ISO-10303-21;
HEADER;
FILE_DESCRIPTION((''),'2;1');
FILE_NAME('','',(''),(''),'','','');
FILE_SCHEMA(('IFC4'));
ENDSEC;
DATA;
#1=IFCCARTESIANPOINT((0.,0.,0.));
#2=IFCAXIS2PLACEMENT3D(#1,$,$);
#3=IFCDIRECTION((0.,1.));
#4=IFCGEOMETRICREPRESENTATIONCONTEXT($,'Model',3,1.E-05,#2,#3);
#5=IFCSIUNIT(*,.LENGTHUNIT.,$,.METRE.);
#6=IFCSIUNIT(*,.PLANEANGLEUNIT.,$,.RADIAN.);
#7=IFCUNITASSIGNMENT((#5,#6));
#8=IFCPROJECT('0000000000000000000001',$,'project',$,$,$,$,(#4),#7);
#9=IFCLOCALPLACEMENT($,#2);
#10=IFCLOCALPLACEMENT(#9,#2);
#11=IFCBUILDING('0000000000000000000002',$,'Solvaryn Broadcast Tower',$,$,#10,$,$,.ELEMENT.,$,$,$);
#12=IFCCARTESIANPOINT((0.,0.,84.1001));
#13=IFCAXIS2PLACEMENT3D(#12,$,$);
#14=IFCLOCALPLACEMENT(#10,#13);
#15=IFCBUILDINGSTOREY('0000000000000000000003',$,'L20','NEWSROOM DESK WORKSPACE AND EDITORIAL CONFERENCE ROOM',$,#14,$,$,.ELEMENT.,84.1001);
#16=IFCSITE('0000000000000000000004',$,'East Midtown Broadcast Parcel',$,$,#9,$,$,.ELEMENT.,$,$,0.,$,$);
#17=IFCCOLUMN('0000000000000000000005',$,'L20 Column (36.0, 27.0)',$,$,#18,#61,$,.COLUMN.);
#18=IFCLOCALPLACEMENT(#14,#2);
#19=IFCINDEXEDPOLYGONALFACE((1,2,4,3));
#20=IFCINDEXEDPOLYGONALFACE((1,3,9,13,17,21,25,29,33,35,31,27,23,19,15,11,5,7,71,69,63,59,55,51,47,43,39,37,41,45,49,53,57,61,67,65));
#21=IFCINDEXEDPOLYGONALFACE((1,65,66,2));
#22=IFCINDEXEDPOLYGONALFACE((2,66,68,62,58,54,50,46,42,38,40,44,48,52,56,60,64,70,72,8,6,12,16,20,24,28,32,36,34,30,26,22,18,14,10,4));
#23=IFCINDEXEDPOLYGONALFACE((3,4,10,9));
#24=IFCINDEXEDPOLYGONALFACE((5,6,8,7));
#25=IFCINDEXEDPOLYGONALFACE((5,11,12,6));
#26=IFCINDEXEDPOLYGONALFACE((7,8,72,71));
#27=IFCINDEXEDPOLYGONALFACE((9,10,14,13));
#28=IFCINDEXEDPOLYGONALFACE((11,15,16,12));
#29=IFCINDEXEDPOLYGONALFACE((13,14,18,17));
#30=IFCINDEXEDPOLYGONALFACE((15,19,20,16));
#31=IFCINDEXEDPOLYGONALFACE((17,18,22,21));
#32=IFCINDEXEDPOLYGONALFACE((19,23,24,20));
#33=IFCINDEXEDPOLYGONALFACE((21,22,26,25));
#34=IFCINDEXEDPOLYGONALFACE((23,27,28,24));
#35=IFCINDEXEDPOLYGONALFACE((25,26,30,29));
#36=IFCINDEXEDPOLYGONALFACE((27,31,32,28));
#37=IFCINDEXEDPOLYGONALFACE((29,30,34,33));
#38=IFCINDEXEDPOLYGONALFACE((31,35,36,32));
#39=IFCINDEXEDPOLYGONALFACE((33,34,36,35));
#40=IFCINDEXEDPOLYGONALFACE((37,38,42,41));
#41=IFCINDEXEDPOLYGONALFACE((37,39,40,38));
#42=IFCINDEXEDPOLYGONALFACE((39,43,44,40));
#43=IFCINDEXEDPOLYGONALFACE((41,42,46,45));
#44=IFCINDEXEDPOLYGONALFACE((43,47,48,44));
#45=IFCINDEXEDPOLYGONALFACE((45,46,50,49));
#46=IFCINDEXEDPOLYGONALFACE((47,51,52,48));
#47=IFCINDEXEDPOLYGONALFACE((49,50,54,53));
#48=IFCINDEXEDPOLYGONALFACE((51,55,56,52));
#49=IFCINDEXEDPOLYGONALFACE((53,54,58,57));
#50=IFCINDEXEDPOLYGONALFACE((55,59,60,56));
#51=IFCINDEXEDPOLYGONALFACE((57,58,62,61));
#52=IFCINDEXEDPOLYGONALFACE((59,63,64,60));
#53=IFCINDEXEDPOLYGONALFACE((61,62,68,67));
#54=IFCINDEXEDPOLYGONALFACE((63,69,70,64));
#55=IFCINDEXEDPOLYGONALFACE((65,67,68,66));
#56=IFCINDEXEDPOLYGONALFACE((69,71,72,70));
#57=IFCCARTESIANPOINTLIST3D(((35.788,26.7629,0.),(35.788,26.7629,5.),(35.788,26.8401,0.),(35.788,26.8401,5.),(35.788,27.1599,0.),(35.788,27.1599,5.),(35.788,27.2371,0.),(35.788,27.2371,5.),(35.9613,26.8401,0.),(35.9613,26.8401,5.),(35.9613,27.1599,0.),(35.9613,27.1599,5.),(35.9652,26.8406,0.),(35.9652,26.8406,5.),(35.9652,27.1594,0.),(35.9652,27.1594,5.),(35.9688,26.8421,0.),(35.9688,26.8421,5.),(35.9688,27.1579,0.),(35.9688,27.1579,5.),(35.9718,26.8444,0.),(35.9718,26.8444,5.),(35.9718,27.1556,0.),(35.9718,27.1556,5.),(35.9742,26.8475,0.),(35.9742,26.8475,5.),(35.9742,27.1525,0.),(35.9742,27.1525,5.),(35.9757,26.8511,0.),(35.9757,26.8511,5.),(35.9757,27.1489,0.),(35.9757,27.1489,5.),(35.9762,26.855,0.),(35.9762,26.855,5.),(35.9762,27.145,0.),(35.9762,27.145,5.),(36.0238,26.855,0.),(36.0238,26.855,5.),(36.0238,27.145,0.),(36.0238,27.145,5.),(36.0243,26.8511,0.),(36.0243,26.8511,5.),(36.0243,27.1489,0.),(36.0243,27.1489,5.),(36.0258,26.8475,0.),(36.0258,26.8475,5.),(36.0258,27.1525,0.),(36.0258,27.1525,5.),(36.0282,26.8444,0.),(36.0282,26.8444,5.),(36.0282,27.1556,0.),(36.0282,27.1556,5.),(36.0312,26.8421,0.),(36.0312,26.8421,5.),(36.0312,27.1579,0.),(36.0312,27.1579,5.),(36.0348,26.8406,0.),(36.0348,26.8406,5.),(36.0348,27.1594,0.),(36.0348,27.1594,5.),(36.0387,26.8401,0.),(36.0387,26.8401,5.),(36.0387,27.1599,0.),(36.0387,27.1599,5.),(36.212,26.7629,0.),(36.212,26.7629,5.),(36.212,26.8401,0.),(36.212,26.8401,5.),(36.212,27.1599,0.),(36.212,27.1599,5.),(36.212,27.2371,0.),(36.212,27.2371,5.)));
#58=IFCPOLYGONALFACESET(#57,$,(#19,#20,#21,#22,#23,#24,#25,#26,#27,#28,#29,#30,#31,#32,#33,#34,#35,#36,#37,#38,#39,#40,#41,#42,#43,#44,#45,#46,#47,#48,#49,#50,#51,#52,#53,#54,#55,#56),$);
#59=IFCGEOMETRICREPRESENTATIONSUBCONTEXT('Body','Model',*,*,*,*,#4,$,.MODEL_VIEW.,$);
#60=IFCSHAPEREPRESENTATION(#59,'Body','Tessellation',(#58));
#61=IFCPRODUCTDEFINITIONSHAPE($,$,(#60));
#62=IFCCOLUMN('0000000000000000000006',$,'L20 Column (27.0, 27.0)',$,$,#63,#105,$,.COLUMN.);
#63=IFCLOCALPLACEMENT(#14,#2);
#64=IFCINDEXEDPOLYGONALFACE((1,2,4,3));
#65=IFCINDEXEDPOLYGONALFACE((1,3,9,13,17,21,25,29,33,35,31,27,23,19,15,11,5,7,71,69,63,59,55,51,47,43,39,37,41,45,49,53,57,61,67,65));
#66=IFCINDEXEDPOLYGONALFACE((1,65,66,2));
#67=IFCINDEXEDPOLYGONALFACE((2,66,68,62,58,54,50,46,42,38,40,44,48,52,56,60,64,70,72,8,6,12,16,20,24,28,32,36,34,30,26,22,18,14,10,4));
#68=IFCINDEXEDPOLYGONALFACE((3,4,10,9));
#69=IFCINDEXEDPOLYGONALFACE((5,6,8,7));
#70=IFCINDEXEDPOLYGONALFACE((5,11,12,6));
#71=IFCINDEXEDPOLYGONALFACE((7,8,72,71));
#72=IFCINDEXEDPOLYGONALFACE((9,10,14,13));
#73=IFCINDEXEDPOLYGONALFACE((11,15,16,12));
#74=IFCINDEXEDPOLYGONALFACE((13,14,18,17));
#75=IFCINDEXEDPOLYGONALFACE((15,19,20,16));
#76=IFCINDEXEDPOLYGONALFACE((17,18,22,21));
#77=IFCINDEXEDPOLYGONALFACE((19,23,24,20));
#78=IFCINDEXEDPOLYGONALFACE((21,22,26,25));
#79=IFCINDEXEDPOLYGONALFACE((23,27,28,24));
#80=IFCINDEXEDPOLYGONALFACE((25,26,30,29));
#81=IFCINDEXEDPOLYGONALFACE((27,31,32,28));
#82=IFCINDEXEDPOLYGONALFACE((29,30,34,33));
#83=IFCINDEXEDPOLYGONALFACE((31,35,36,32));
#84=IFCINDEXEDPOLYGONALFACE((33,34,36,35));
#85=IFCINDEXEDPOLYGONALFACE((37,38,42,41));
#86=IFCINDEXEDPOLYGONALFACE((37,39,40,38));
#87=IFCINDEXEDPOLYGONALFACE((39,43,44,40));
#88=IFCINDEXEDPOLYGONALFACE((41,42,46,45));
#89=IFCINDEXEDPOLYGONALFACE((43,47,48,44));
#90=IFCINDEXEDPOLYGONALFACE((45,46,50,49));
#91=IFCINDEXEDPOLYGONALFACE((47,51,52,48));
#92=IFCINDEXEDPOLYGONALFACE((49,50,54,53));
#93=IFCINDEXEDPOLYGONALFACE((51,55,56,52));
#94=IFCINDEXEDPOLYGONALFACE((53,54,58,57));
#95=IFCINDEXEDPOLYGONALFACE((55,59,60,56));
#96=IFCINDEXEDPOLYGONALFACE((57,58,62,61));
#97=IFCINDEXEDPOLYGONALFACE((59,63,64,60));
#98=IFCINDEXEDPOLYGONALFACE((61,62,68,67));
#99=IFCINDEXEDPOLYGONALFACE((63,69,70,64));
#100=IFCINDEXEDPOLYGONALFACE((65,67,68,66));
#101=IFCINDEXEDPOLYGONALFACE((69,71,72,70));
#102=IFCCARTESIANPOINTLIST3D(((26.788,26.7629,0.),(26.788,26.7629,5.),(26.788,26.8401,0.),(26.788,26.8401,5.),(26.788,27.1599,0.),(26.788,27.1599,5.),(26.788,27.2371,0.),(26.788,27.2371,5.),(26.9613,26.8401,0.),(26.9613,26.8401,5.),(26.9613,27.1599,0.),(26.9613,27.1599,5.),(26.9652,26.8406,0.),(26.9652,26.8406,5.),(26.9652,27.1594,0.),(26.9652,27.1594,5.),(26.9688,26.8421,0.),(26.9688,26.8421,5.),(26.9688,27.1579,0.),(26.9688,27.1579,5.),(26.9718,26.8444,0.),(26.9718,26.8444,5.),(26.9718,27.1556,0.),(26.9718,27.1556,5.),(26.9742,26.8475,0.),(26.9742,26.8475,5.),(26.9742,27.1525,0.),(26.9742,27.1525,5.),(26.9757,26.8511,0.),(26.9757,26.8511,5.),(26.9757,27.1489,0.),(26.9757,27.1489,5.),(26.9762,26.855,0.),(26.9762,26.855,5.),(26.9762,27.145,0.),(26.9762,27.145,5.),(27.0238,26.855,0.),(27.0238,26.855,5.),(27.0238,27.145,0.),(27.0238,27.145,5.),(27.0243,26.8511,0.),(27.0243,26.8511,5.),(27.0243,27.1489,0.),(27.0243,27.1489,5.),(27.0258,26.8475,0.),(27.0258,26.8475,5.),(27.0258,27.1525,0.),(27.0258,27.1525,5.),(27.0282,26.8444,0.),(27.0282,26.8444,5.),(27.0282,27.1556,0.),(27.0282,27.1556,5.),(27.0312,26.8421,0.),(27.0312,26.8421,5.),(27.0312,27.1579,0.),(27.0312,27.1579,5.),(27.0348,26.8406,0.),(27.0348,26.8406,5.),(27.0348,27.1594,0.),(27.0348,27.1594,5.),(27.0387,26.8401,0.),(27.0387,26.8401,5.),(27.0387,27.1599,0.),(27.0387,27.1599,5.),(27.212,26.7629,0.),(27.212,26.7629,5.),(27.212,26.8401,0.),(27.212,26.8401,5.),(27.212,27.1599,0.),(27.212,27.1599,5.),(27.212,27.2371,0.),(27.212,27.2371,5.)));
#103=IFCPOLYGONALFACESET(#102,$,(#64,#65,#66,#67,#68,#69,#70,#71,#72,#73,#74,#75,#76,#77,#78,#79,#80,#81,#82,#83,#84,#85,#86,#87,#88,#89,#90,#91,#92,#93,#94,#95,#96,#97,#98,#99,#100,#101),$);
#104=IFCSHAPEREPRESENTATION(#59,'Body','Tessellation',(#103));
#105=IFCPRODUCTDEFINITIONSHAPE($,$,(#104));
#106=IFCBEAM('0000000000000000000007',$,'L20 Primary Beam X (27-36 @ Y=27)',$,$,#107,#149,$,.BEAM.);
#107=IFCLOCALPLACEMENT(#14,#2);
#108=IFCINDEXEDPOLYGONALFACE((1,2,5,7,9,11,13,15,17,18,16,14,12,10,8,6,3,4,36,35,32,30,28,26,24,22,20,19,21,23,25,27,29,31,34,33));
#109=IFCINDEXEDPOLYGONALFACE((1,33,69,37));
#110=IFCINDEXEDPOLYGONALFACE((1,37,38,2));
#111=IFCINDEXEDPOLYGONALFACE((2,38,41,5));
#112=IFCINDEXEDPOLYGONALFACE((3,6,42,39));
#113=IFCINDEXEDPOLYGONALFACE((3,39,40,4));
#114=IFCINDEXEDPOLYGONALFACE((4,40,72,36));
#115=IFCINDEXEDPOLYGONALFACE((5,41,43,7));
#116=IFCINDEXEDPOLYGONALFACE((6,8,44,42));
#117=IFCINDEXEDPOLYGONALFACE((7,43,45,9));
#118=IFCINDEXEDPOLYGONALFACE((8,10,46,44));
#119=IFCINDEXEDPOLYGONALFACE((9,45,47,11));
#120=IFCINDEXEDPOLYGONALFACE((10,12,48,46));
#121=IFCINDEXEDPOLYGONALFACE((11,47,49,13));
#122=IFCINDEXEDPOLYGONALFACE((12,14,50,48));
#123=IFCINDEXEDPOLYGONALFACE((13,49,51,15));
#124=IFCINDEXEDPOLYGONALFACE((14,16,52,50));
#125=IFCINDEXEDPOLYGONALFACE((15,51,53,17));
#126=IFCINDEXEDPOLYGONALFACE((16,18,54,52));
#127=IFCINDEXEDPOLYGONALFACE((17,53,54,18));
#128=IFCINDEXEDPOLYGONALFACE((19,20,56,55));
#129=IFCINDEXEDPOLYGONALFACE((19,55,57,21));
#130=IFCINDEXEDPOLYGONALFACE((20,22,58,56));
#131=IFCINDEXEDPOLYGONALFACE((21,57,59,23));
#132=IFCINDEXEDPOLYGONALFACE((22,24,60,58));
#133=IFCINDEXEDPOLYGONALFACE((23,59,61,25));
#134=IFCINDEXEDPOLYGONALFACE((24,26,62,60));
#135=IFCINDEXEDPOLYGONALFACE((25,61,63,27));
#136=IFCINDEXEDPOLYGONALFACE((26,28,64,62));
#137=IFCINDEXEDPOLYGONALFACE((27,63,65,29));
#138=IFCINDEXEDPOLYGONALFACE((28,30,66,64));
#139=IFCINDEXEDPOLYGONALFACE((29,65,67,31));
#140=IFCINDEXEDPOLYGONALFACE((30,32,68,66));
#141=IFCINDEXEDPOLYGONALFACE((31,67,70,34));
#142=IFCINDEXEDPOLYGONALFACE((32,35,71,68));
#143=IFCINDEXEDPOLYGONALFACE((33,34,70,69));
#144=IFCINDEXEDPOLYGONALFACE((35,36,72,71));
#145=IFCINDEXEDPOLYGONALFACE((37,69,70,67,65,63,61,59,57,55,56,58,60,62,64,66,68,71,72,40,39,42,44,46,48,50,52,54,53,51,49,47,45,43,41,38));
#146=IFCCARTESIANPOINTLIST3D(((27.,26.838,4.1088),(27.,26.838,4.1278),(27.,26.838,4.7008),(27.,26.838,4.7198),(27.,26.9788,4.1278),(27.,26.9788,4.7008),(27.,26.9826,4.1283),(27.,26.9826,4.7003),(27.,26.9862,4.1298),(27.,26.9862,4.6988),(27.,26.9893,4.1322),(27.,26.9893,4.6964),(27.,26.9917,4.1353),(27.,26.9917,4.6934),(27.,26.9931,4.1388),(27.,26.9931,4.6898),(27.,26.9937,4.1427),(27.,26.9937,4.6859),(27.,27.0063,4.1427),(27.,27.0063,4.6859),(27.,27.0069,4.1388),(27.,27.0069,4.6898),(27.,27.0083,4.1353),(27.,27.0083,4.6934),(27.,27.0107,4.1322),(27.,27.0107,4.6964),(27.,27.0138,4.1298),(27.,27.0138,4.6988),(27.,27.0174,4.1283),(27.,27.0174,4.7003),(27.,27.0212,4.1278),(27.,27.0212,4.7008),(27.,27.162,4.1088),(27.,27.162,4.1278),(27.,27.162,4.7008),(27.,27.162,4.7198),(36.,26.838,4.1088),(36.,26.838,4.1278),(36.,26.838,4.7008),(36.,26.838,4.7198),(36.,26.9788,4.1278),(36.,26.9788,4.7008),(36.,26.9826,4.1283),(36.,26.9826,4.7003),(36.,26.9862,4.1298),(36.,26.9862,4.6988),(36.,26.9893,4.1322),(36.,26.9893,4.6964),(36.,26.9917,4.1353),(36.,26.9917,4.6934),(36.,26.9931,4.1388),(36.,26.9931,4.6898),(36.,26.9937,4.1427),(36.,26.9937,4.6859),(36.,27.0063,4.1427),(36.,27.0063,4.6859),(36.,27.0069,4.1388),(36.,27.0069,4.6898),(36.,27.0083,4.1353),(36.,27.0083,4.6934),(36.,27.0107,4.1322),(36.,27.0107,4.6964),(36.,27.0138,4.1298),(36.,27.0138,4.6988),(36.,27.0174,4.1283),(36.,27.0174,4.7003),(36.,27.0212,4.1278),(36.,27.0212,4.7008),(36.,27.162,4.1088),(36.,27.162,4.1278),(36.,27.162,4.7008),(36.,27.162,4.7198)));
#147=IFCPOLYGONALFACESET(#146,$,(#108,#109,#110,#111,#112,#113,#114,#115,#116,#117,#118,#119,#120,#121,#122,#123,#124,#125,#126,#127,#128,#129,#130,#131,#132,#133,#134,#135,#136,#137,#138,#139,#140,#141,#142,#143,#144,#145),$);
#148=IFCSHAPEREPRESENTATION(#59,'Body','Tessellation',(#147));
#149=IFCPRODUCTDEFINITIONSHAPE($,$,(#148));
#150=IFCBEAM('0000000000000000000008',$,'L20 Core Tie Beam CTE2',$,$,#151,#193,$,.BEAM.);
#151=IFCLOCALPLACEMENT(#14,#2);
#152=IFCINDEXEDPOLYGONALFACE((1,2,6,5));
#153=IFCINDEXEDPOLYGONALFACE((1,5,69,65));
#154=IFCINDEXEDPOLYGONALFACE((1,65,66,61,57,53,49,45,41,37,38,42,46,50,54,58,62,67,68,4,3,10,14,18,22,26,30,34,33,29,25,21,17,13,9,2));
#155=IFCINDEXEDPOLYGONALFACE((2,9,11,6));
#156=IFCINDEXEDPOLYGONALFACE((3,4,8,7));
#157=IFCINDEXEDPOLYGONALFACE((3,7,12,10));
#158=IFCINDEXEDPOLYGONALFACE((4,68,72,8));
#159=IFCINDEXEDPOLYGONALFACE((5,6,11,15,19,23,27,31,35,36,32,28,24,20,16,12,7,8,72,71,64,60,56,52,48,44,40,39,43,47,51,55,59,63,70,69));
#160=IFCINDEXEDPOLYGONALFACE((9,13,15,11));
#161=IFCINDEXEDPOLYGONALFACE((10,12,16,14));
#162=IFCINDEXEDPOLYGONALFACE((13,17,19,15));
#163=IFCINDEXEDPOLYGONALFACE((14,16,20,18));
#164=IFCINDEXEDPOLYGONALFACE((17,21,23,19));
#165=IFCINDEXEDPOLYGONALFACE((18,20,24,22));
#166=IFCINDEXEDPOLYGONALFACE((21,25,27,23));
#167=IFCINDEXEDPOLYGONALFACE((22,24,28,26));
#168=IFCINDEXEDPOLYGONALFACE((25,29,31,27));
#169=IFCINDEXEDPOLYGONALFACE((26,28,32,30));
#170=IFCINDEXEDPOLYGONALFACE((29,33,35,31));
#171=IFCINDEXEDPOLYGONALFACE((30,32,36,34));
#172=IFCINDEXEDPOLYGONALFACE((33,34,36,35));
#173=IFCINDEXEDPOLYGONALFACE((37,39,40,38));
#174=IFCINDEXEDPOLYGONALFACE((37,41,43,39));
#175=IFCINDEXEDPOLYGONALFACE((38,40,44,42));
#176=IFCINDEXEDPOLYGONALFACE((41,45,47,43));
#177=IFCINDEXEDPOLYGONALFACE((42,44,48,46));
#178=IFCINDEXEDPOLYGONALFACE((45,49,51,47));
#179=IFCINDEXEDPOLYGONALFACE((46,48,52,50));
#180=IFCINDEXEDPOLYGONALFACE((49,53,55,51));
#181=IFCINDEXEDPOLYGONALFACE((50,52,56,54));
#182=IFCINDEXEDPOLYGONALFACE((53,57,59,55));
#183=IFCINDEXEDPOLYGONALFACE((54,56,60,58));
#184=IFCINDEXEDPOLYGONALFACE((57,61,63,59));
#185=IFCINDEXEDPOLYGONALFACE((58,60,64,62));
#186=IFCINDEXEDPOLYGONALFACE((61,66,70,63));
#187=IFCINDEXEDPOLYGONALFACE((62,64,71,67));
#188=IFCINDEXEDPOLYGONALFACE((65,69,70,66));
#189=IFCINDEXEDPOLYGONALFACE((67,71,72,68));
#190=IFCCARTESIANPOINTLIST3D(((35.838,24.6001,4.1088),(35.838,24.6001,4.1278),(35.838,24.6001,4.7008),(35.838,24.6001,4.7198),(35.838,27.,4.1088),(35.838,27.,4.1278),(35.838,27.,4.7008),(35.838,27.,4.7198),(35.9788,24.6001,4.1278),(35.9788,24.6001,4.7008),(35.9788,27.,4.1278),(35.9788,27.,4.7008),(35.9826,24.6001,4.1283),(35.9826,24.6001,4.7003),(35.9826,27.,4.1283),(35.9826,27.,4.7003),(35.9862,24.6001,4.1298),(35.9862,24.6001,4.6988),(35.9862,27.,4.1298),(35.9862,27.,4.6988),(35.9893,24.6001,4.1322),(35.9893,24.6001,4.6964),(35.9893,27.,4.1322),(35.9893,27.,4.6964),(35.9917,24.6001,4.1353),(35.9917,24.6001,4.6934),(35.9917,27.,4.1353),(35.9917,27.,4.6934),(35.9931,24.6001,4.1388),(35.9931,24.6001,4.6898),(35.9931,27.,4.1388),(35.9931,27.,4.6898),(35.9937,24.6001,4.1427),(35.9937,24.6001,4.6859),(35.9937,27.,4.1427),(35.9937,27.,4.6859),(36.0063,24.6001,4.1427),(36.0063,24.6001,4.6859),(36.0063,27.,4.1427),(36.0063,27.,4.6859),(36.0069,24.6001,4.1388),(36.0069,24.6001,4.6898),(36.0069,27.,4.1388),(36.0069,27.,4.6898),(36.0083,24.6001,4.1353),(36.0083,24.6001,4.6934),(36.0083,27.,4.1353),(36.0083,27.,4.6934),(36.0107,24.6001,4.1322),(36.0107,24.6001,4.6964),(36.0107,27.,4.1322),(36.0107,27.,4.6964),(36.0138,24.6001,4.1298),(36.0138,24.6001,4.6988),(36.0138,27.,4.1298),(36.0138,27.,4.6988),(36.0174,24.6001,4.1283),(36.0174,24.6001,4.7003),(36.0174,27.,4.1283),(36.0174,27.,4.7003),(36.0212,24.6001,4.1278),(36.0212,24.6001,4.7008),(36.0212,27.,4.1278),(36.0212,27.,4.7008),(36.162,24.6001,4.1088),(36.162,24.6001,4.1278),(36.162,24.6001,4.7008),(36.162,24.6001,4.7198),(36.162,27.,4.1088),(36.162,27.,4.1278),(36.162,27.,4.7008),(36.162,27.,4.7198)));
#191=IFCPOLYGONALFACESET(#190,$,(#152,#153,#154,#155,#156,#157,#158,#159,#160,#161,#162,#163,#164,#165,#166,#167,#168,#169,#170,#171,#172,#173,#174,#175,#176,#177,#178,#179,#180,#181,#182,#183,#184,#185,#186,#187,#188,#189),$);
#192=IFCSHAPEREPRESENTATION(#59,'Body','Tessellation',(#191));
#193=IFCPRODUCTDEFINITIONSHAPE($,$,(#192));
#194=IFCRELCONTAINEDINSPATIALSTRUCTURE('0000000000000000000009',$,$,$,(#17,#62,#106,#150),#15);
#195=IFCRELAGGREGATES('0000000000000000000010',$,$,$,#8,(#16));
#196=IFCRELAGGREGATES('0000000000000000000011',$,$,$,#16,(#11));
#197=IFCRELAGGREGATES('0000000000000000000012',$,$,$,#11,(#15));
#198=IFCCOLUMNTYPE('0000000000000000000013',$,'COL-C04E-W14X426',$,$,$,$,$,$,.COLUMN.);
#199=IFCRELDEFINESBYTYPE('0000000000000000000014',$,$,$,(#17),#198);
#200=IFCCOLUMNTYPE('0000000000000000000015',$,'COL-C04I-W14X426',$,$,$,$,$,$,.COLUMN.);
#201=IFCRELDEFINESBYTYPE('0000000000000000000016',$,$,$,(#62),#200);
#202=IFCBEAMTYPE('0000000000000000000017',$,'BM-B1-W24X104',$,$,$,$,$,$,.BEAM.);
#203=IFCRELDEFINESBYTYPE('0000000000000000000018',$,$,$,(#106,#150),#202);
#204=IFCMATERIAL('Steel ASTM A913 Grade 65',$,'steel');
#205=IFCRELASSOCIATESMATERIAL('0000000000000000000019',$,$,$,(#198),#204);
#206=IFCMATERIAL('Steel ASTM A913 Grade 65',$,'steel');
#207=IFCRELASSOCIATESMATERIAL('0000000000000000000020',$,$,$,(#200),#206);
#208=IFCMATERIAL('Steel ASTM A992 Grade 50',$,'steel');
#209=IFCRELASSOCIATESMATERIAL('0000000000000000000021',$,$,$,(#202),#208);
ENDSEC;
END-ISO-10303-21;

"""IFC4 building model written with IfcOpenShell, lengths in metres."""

from ifc_helpers import new_model, si_unit, direction, frame, origin, origin_2d, place, context, subcontext, project, spatial, i_section, extrude, material, material_profile, profile_set, type_object, element, save


model = new_model("IFC4")

# Units and contexts
model_context = context("Model", 3, precision=1e-05, world=origin(), true_north=direction((0.0, 1.0)))
body_context = subcontext(model_context, "Body", "Model", "MODEL_VIEW")
ifc_project = project(units=[si_unit("LENGTHUNIT", "METRE"), si_unit("PLANEANGLEUNIT", "RADIAN")], contexts=[model_context])

# Site, building, storey
site_placement = place(None, origin())
site = spatial("IfcSite", under=ifc_project, at=site_placement, Name="East Midtown Broadcast Parcel", CompositionType="ELEMENT", RefElevation=0.0)
building_placement = place(site_placement, origin())
building = spatial("IfcBuilding", under=site, at=building_placement, Name="Solvaryn Broadcast Tower", CompositionType="ELEMENT")
storey_placement = place(building_placement, frame((0.0, 0.0, 84.1001)))
storey = spatial("IfcBuildingStorey", under=building, at=storey_placement, Name="L20", Description="NEWSROOM DESK WORKSPACE AND EDITORIAL CONFERENCE ROOM", CompositionType="ELEMENT", Elevation=84.1001)

# Columns
ifc_material_1 = material(Name="Steel ASTM A913 Grade 65", Category="steel")
ifc_material_profile_1 = material_profile(ifc_material_1, i_section(OverallWidth=0.4241, OverallDepth=0.4741, WebThickness=0.0476, FlangeThickness=0.0771, FilletRadius=0.0149, at=origin_2d()))
ifc_profile_set_1 = profile_set([ifc_material_profile_1], Name="Steel ASTM A913 Grade 65")
column_type_1 = type_object("IfcColumnType", Name="COL-C04E-W14X426", PredefinedType="COLUMN", material=ifc_profile_set_1)
column_1_placement = place(storey_placement, frame((36.0, 27.0, 0.0), z_axis=(0.0, 0.0, 1.0), x_axis=(1.0, 0.0, 0.0)))
element("IfcColumn", 1, at=column_1_placement, inside=storey, type_object=column_type_1, Name="L20 Column (36.0, 27.0)", PredefinedType="COLUMN", context=body_context, shape_type="SweptSolid", body=[
    extrude(i_section(OverallWidth=0.4241, OverallDepth=0.4741, WebThickness=0.0476, FlangeThickness=0.0771, FilletRadius=0.0149, at=origin_2d()), origin(), (0.0, 0.0, 1.0), 5.0),
])
ifc_material_2 = material(Name="Steel ASTM A913 Grade 65", Category="steel")
ifc_material_profile_2 = material_profile(ifc_material_2, i_section(OverallWidth=0.4241, OverallDepth=0.4741, WebThickness=0.0476, FlangeThickness=0.0771, FilletRadius=0.0149, at=origin_2d()))
ifc_profile_set_2 = profile_set([ifc_material_profile_2], Name="Steel ASTM A913 Grade 65")
column_type_2 = type_object("IfcColumnType", Name="COL-C04I-W14X426", PredefinedType="COLUMN", material=ifc_profile_set_2)
column_2_placement = place(storey_placement, frame((27.0, 27.0, 0.0), z_axis=(0.0, 0.0, 1.0), x_axis=(1.0, 0.0, 0.0)))
element("IfcColumn", 2, at=column_2_placement, inside=storey, type_object=column_type_2, Name="L20 Column (27.0, 27.0)", PredefinedType="COLUMN", context=body_context, shape_type="SweptSolid", body=[
    extrude(i_section(OverallWidth=0.4241, OverallDepth=0.4741, WebThickness=0.0476, FlangeThickness=0.0771, FilletRadius=0.0149, at=origin_2d()), origin(), (0.0, 0.0, 1.0), 5.0),
])

# Beams
ifc_material_3 = material(Name="Steel ASTM A992 Grade 50", Category="steel")
ifc_material_profile_3 = material_profile(ifc_material_3, i_section(OverallWidth=0.324, OverallDepth=0.6111, WebThickness=0.0127, FlangeThickness=0.019, FilletRadius=0.0149, at=origin_2d()))
ifc_profile_set_3 = profile_set([ifc_material_profile_3], Name="Steel ASTM A992 Grade 50")
beam_type_1 = type_object("IfcBeamType", Name="BM-B1-W24X104", PredefinedType="BEAM", material=ifc_profile_set_3)
beam_1_placement = place(storey_placement, frame((27.0, 27.0, 4.4143), z_axis=(1.0, 0.0, 0.0), x_axis=(0.0, 1.0, 0.0)))
element("IfcBeam", 3, at=beam_1_placement, inside=storey, type_object=beam_type_1, Name="L20 Primary Beam X (27-36 @ Y=27)", PredefinedType="BEAM", context=body_context, shape_type="SweptSolid", body=[
    extrude(i_section(OverallWidth=0.324, OverallDepth=0.6111, WebThickness=0.0127, FlangeThickness=0.019, FilletRadius=0.0149, at=origin_2d()), origin(), (0.0, 0.0, 1.0), 9.0),
])
beam_2_placement = place(storey_placement, frame((36.0, 24.6001, 4.4143), z_axis=(0.0, 1.0, 0.0), x_axis=(-1.0, 0.0, 0.0)))
element("IfcBeam", 4, at=beam_2_placement, inside=storey, type_object=beam_type_1, Name="L20 Core Tie Beam CTE2", PredefinedType="BEAM", context=body_context, shape_type="SweptSolid", body=[
    extrude(i_section(OverallWidth=0.324, OverallDepth=0.6111, WebThickness=0.0127, FlangeThickness=0.019, FilletRadius=0.0149, at=origin_2d()), origin(), (0.0, 0.0, 1.0), 2.3999),
])

save(model, "model.ifc")
